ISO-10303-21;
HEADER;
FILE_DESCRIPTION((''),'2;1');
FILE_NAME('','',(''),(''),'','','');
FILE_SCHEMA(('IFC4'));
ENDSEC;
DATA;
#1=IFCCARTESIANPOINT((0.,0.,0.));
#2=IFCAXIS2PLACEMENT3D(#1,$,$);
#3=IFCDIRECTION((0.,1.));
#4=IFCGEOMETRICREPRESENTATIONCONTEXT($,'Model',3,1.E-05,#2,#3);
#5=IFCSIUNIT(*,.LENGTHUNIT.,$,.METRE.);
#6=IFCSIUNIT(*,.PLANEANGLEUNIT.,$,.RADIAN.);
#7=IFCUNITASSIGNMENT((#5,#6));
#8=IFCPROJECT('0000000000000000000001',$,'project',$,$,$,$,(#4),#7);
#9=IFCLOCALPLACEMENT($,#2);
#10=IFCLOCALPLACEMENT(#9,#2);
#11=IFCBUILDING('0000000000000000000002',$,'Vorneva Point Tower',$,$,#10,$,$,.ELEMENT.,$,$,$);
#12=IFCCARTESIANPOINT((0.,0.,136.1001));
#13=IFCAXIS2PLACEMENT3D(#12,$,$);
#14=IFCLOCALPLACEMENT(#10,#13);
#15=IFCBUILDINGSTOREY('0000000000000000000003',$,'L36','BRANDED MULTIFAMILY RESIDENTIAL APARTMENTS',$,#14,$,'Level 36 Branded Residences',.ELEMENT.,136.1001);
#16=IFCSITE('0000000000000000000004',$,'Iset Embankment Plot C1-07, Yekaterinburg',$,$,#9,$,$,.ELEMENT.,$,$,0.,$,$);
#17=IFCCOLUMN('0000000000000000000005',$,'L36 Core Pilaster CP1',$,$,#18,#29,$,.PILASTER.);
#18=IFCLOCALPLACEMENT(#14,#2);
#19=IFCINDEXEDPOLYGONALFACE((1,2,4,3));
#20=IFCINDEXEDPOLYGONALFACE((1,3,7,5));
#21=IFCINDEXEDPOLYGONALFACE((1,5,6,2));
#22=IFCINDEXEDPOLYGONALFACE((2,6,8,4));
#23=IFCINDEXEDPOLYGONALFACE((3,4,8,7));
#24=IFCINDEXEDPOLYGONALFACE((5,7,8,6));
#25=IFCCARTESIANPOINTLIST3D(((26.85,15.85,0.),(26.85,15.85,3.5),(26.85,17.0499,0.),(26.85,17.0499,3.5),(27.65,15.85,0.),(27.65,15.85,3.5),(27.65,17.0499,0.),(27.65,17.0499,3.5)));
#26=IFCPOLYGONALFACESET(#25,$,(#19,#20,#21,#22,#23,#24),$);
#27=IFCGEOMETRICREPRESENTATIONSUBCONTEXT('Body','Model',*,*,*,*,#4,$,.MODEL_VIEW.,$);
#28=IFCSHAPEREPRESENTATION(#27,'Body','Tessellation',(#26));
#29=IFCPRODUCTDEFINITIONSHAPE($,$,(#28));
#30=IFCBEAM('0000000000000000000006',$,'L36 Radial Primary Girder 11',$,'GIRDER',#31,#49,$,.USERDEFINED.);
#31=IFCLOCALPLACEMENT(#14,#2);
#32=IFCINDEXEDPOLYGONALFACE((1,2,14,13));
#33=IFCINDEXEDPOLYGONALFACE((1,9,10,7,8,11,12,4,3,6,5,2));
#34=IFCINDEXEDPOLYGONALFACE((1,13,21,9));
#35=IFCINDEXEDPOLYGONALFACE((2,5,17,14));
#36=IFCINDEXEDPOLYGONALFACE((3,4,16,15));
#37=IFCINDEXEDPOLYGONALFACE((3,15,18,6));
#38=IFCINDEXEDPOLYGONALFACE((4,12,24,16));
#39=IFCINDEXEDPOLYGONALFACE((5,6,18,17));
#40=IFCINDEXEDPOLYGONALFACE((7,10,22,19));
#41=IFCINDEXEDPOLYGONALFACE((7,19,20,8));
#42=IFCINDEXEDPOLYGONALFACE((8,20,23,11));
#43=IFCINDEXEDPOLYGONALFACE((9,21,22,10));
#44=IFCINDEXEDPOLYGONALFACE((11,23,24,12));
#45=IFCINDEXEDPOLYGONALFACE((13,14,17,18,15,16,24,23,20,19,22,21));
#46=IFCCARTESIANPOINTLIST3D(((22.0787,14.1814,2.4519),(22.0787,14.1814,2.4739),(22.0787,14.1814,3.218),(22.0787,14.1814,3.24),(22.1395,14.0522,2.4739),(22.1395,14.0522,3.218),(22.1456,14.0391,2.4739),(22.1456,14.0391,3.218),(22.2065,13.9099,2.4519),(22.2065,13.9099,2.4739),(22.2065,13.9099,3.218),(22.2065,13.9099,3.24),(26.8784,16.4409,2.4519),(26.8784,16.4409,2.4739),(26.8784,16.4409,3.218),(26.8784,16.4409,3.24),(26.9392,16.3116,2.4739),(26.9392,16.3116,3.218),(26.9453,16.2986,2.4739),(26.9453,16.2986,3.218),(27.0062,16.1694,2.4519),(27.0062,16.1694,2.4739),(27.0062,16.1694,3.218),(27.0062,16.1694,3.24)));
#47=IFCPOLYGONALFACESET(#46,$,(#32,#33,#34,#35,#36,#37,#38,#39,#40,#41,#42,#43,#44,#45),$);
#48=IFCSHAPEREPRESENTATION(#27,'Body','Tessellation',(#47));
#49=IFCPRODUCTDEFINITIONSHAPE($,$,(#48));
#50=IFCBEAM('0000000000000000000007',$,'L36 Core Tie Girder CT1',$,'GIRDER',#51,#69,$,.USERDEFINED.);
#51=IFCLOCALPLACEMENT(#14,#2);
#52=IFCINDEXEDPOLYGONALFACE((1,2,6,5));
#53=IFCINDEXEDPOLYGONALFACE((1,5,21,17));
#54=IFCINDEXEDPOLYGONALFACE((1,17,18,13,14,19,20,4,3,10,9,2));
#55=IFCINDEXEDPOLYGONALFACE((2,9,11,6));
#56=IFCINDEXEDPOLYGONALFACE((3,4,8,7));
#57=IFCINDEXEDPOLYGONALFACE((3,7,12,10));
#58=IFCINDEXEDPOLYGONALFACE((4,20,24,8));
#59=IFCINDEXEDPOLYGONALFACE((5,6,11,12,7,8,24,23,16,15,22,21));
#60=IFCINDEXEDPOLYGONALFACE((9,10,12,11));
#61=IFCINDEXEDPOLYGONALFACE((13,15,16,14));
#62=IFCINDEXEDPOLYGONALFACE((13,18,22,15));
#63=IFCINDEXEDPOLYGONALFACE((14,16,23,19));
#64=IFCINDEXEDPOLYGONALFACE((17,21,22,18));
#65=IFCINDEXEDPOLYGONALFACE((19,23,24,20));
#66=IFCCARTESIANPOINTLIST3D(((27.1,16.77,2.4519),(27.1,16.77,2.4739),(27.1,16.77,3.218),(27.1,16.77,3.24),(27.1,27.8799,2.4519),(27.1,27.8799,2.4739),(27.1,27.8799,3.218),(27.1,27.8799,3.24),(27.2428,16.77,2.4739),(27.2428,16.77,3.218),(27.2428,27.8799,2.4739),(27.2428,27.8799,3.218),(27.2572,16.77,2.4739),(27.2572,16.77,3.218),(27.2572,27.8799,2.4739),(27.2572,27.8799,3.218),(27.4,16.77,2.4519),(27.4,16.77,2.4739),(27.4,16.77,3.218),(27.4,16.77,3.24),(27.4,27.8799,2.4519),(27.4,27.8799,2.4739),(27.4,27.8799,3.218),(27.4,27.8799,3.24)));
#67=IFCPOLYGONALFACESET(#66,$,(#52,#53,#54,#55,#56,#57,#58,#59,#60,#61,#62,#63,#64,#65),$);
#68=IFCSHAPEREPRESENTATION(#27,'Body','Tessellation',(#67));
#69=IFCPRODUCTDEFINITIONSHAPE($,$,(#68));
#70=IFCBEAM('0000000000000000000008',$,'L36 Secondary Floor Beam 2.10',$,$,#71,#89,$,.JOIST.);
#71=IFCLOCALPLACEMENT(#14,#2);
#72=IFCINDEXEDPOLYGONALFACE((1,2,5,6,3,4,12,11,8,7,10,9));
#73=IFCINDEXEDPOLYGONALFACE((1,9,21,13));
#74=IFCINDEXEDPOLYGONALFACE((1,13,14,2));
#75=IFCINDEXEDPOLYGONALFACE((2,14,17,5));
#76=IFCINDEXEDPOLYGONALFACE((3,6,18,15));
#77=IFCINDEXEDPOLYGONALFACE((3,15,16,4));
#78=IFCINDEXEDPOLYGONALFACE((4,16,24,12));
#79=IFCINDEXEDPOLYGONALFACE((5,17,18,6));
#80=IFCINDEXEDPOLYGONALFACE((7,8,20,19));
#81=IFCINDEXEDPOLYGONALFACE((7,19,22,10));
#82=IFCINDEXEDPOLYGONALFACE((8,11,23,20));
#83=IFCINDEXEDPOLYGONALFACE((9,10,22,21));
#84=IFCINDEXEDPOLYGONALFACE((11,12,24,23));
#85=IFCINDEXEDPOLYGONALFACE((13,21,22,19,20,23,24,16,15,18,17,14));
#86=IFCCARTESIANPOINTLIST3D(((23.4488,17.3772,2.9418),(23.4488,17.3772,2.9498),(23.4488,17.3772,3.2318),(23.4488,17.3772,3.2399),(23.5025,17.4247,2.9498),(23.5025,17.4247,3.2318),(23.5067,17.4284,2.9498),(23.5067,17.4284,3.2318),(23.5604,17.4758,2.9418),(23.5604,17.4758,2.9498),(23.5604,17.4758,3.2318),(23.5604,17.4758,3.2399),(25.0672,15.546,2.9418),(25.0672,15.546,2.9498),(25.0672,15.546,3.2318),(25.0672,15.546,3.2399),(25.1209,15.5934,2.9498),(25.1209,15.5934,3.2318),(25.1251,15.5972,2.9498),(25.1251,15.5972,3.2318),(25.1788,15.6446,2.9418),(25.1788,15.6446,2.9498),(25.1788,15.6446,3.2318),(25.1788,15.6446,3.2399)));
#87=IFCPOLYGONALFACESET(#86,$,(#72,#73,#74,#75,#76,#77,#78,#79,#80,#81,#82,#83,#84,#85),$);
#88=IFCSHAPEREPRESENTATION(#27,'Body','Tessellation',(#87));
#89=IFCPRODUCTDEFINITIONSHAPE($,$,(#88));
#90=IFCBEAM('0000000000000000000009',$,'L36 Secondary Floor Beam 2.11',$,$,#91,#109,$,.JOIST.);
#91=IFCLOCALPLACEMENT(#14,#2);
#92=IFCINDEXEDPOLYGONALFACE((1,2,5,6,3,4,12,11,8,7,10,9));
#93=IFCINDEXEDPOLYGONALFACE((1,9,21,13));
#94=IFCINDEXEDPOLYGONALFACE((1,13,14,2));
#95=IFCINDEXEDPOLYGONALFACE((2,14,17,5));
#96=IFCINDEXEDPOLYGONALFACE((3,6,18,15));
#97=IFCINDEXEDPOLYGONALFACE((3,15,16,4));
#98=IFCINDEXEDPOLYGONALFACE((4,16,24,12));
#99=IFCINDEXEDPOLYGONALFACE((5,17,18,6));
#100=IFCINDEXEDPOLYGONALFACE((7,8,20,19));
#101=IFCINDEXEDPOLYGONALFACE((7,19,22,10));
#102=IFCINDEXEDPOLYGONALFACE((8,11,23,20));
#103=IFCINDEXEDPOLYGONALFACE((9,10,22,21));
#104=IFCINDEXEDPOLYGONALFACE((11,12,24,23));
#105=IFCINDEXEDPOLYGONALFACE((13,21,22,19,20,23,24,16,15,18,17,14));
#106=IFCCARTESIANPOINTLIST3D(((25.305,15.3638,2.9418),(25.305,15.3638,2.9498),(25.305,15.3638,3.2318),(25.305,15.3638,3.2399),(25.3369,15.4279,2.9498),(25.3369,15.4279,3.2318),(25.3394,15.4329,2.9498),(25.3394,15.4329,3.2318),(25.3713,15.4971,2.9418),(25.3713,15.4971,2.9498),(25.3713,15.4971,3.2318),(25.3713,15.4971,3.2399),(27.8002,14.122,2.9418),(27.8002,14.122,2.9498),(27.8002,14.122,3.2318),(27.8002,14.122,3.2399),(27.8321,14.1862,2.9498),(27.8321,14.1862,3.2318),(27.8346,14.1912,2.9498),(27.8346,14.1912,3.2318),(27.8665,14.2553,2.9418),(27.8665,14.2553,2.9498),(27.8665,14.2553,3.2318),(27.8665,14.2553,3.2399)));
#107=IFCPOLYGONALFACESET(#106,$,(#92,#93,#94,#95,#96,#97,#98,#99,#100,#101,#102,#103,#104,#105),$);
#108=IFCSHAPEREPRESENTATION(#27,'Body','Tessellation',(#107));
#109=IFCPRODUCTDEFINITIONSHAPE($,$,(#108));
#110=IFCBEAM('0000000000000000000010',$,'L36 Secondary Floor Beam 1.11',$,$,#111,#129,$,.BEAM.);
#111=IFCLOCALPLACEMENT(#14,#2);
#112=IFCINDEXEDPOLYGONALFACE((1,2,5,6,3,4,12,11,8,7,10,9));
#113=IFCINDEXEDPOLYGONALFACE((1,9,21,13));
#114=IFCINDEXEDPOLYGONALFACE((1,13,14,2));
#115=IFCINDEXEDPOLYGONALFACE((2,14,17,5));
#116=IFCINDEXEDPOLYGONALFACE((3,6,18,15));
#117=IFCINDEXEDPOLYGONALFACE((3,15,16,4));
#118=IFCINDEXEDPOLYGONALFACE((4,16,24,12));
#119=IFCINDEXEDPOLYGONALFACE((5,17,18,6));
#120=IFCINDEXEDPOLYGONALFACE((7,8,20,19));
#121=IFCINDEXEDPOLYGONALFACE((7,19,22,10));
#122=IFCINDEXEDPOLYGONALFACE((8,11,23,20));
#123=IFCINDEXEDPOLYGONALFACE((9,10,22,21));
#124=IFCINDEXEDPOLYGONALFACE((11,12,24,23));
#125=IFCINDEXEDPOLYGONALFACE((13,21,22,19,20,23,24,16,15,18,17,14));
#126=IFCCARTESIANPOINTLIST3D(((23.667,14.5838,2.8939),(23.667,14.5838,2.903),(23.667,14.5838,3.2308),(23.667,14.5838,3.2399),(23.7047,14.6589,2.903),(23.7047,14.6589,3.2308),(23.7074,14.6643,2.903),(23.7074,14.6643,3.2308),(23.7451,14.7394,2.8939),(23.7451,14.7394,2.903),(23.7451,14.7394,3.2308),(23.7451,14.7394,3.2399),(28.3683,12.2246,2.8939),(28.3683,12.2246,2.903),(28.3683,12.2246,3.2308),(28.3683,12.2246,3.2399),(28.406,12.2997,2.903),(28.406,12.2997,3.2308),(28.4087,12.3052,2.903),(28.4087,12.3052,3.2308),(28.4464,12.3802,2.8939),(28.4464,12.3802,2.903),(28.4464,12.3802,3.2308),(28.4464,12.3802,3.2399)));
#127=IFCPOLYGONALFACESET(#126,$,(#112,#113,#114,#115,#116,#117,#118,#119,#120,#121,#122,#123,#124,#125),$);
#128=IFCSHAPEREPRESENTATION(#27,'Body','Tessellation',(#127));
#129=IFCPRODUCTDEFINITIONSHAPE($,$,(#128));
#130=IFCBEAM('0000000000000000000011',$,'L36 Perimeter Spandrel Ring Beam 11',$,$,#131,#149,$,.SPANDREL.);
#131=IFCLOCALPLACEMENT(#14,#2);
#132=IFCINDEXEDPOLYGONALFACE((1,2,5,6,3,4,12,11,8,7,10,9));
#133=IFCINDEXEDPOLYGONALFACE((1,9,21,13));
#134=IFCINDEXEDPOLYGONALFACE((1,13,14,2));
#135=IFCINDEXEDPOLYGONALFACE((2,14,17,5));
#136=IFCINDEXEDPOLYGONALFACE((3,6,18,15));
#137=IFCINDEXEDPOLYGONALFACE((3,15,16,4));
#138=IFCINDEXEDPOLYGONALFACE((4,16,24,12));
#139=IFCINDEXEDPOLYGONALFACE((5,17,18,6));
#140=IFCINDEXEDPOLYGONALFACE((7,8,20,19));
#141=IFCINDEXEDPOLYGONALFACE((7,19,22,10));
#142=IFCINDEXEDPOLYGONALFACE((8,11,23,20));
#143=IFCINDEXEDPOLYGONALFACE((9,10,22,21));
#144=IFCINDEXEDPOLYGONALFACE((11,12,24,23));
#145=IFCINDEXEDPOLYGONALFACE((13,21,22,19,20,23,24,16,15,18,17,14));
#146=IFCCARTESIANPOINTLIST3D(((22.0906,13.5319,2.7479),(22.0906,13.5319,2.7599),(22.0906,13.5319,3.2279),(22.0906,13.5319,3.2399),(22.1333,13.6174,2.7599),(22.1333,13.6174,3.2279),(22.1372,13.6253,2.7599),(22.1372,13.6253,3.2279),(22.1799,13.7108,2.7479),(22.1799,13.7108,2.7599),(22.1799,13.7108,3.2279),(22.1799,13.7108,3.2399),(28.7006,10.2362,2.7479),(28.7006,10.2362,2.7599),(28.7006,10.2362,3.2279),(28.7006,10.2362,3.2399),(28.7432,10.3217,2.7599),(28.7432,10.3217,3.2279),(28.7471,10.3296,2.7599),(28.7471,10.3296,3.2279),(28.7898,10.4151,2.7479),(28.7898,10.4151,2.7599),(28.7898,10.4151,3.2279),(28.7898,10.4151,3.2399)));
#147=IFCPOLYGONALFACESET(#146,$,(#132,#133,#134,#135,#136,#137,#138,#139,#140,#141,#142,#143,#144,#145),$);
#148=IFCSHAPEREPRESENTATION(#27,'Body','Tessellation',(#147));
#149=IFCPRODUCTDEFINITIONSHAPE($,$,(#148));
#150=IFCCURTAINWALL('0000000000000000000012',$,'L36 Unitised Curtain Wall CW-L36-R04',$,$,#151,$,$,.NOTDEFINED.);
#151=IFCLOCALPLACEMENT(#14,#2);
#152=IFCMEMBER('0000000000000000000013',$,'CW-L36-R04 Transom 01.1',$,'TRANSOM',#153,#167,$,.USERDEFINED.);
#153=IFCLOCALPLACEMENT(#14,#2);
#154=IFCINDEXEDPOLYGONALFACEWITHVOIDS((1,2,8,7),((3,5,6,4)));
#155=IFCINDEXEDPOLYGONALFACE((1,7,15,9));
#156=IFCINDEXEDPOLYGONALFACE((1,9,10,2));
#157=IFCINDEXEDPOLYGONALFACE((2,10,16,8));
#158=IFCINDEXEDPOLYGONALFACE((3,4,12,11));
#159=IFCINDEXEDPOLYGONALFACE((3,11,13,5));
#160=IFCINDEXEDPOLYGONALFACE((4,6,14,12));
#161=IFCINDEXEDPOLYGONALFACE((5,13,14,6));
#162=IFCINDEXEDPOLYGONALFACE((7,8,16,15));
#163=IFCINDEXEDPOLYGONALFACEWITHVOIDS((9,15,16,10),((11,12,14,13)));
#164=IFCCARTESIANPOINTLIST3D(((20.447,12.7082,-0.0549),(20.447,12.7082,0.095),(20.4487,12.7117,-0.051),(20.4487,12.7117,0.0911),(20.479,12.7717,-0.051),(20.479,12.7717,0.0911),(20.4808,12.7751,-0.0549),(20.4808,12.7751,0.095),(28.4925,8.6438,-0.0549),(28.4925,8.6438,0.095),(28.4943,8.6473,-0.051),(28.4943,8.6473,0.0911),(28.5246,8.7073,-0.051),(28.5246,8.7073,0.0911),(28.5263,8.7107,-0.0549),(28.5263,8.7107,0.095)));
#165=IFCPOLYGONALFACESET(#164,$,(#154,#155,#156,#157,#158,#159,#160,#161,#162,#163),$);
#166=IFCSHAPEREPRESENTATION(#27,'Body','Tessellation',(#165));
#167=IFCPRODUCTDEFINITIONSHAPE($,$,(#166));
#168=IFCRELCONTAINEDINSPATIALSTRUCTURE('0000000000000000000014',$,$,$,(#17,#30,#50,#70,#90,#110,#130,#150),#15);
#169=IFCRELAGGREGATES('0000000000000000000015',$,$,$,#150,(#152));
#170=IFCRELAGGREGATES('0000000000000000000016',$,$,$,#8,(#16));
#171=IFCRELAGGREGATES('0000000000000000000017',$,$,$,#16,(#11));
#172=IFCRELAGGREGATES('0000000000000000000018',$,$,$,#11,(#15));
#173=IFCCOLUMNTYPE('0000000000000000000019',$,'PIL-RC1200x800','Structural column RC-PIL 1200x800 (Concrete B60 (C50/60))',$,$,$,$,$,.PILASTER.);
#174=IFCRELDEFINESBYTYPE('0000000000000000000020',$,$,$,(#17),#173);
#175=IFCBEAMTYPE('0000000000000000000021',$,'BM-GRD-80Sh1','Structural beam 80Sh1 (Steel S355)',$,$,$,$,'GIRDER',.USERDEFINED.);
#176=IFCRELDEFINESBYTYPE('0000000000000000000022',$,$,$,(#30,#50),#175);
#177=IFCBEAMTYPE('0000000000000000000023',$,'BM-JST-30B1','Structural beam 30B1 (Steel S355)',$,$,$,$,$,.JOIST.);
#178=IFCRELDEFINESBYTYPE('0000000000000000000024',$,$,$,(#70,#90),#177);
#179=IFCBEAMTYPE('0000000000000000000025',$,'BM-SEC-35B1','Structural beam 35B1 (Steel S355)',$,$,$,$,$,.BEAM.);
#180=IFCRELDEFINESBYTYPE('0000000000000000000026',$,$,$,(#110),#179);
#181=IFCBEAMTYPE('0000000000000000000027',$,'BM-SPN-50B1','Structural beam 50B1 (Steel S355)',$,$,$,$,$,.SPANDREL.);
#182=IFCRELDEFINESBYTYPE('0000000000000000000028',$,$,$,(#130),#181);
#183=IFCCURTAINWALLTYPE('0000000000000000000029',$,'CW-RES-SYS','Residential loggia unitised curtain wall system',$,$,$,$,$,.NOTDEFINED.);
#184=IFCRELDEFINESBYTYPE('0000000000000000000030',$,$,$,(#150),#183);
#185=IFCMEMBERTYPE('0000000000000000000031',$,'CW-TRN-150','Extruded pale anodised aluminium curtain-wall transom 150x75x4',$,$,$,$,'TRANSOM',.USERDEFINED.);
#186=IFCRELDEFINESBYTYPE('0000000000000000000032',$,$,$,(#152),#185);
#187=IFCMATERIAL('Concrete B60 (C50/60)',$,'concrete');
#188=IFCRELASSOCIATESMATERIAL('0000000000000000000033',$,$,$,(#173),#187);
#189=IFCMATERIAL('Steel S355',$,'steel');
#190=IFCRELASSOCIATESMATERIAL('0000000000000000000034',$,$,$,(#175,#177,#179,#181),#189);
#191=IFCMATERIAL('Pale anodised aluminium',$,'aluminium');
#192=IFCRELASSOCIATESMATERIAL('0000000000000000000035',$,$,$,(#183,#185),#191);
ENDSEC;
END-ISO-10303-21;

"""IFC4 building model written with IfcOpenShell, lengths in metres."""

from ifc_helpers import new_model, si_unit, direction, frame, origin, origin_2d, place, context, subcontext, project, spatial, rectangle, hollow_rectangle, i_section, extrude, material, material_profile, profile_set, type_object, element, aggregate, save


model = new_model("IFC4")

# Units and contexts
model_context = context("Model", 3, precision=1e-05, world=origin(), true_north=direction((0.0, 1.0)))
body_context = subcontext(model_context, "Body", "Model", "MODEL_VIEW")
ifc_project = project(units=[si_unit("LENGTHUNIT", "METRE"), si_unit("PLANEANGLEUNIT", "RADIAN")], contexts=[model_context])

# Site, building, storey
site_placement = place(None, origin())
site = spatial("IfcSite", under=ifc_project, at=site_placement, Name="Iset Embankment Plot C1-07, Yekaterinburg", CompositionType="ELEMENT", RefElevation=0.0)
building_placement = place(site_placement, origin())
building = spatial("IfcBuilding", under=site, at=building_placement, Name="Vorneva Point Tower", CompositionType="ELEMENT")
storey_placement = place(building_placement, frame((0.0, 0.0, 136.1001)))
storey = spatial("IfcBuildingStorey", under=building, at=storey_placement, Name="L36", Description="BRANDED MULTIFAMILY RESIDENTIAL APARTMENTS", LongName="Level 36 Branded Residences", CompositionType="ELEMENT", Elevation=136.1001)

# Column
ifc_material_1 = material(Name="Concrete B60 (C50/60)", Category="concrete")
ifc_material_profile_1 = material_profile(ifc_material_1, rectangle(XDim=0.8, YDim=1.2, at=origin_2d()), Name="RC-PIL 1200x800")
ifc_profile_set_1 = profile_set([ifc_material_profile_1], Name="Concrete B60 (C50/60)")
column_type_1 = type_object("IfcColumnType", Name="PIL-RC1200x800", Description="Structural column RC-PIL 1200x800 (Concrete B60 (C50/60))", PredefinedType="PILASTER", material=ifc_profile_set_1)
column_1_placement = place(storey_placement, frame((27.25, 16.45, 0.0), z_axis=(0.0, 0.0, 1.0), x_axis=(1.0, 0.0, 0.0)))
element("IfcColumn", 1, at=column_1_placement, inside=storey, type_object=column_type_1, Name="L36 Core Pilaster CP1", PredefinedType="PILASTER", context=body_context, shape_type="SweptSolid", body=[
    extrude(rectangle(XDim=0.8, YDim=1.2, at=origin_2d()), origin(), (0.0, 0.0, 1.0), 3.5),
])

# Beams
ifc_material_2 = material(Name="Steel S355", Category="steel")
ifc_material_profile_2 = material_profile(ifc_material_2, i_section(OverallWidth=0.3, OverallDepth=0.7881, WebThickness=0.0144, FlangeThickness=0.022, at=origin_2d()), Name="80Sh1")
ifc_profile_set_2 = profile_set([ifc_material_profile_2], Name="Steel S355")
beam_type_1 = type_object("IfcBeamType", Name="BM-GRD-80Sh1", Description="Structural beam 80Sh1 (Steel S355)", ElementType="GIRDER", PredefinedType="USERDEFINED", material=ifc_profile_set_2)
beam_1_placement = place(storey_placement, frame((22.1426, 14.0457, 2.8459), z_axis=(0.904761, 0.425919, 0.0), x_axis=(-0.425919, 0.904761, 0.0)))
element("IfcBeam", 2, at=beam_1_placement, inside=storey, type_object=beam_type_1, Name="L36 Radial Primary Girder 11", ObjectType="GIRDER", PredefinedType="USERDEFINED", context=body_context, shape_type="SweptSolid", body=[
    extrude(i_section(OverallWidth=0.3, OverallDepth=0.7881, WebThickness=0.0144, FlangeThickness=0.022, at=origin_2d()), origin(), (0.0, 0.0, 1.0), 5.3049),
])
beam_2_placement = place(storey_placement, frame((27.25, 16.77, 2.8459), z_axis=(0.0, 1.0, 0.0), x_axis=(-1.0, 0.0, 0.0)))
element("IfcBeam", 3, at=beam_2_placement, inside=storey, type_object=beam_type_1, Name="L36 Core Tie Girder CT1", ObjectType="GIRDER", PredefinedType="USERDEFINED", context=body_context, shape_type="SweptSolid", body=[
    extrude(i_section(OverallWidth=0.3, OverallDepth=0.7881, WebThickness=0.0144, FlangeThickness=0.022, at=origin_2d()), origin(), (0.0, 0.0, 1.0), 11.1099),
])
ifc_material_profile_3 = material_profile(ifc_material_2, i_section(OverallWidth=0.1489, OverallDepth=0.2981, WebThickness=0.0056, FlangeThickness=0.0081, at=origin_2d()), Name="30B1")
ifc_profile_set_3 = profile_set([ifc_material_profile_3], Name="Steel S355")
beam_type_2 = type_object("IfcBeamType", Name="BM-JST-30B1", Description="Structural beam 30B1 (Steel S355)", PredefinedType="JOIST", material=ifc_profile_set_3)
beam_3_placement = place(storey_placement, frame((23.5046, 17.4265, 3.0908), z_axis=(0.66221, -0.749319, 0.0), x_axis=(0.749319, 0.66221, 0.0)))
element("IfcBeam", 4, at=beam_3_placement, inside=storey, type_object=beam_type_2, Name="L36 Secondary Floor Beam 2.10", PredefinedType="JOIST", context=body_context, shape_type="SweptSolid", body=[
    extrude(i_section(OverallWidth=0.1489, OverallDepth=0.2981, WebThickness=0.0056, FlangeThickness=0.0081, at=origin_2d()), origin(), (0.0, 0.0, 1.0), 2.4438),
])
beam_4_placement = place(storey_placement, frame((25.3381, 15.4304, 3.0908), z_axis=(0.895267, -0.445531, 0.0), x_axis=(0.445531, 0.895267, 0.0)))
element("IfcBeam", 5, at=beam_4_placement, inside=storey, type_object=beam_type_2, Name="L36 Secondary Floor Beam 2.11", PredefinedType="JOIST", context=body_context, shape_type="SweptSolid", body=[
    extrude(i_section(OverallWidth=0.1489, OverallDepth=0.2981, WebThickness=0.0056, FlangeThickness=0.0081, at=origin_2d()), origin(), (0.0, 0.0, 1.0), 2.7871),
])
ifc_material_profile_4 = material_profile(ifc_material_2, i_section(OverallWidth=0.1741, OverallDepth=0.3459, WebThickness=0.0061, FlangeThickness=0.009, at=origin_2d()), Name="35B1")
ifc_profile_set_4 = profile_set([ifc_material_profile_4], Name="Steel S355")
beam_type_3 = type_object("IfcBeamType", Name="BM-SEC-35B1", Description="Structural beam 35B1 (Steel S355)", PredefinedType="BEAM", material=ifc_profile_set_4)
beam_5_placement = place(storey_placement, frame((23.7061, 14.6616, 3.0669), z_axis=(0.893776, -0.448513, 0.0), x_axis=(0.448513, 0.893776, 0.0)))
element("IfcBeam", 6, at=beam_5_placement, inside=storey, type_object=beam_type_3, Name="L36 Secondary Floor Beam 1.11", PredefinedType="BEAM", context=body_context, shape_type="SweptSolid", body=[
    extrude(i_section(OverallWidth=0.1741, OverallDepth=0.3459, WebThickness=0.0061, FlangeThickness=0.009, at=origin_2d()), origin(), (0.0, 0.0, 1.0), 5.26),
])
ifc_material_profile_5 = material_profile(ifc_material_2, i_section(OverallWidth=0.2, OverallDepth=0.4919, WebThickness=0.0088, FlangeThickness=0.012, at=origin_2d()), Name="50B1")
ifc_profile_set_5 = profile_set([ifc_material_profile_5], Name="Steel S355")
beam_type_4 = type_object("IfcBeamType", Name="BM-SPN-50B1", Description="Structural beam 50B1 (Steel S355)", PredefinedType="SPANDREL", material=ifc_profile_set_5)
beam_6_placement = place(storey_placement, frame((22.1353, 13.6213, 2.9939), z_axis=(0.894929, -0.446208, 0.0), x_axis=(0.446208, 0.894929, 0.0)))
element("IfcBeam", 7, at=beam_6_placement, inside=storey, type_object=beam_type_4, Name="L36 Perimeter Spandrel Ring Beam 11", PredefinedType="SPANDREL", context=body_context, shape_type="SweptSolid", body=[
    extrude(i_section(OverallWidth=0.2, OverallDepth=0.4919, WebThickness=0.0088, FlangeThickness=0.012, at=origin_2d()), origin(), (0.0, 0.0, 1.0), 7.386),
])

# Curtain wall, member
ifc_material_3 = material(Name="Pale anodised aluminium", Category="aluminium")
curtain_wall_type = type_object("IfcCurtainWallType", Name="CW-RES-SYS", Description="Residential loggia unitised curtain wall system", PredefinedType="NOTDEFINED", material=ifc_material_3)
curtain_wall_placement = place(storey_placement, origin())
curtain_wall = element("IfcCurtainWall", 8, at=curtain_wall_placement, inside=storey, type_object=curtain_wall_type, Name="L36 Unitised Curtain Wall CW-L36-R04", PredefinedType="NOTDEFINED")
ifc_material_profile_6 = material_profile(ifc_material_3, hollow_rectangle(XDim=0.075, YDim=0.1499, WallThickness=0.0039, at=origin_2d()), Name="AL-TRN 150x75x4")
ifc_profile_set_6 = profile_set([ifc_material_profile_6], Name="Pale anodised aluminium")
member_type = type_object("IfcMemberType", Name="CW-TRN-150", Description="Extruded pale anodised aluminium curtain-wall transom 150x75x4", ElementType="TRANSOM", PredefinedType="USERDEFINED", material=ifc_profile_set_6)
member_1_placement = place(storey_placement, frame((20.4639, 12.7417, 0.02), z_axis=(0.892572, -0.450904, 0.0), x_axis=(0.450904, 0.892572, 0.0)))
member_1 = element("IfcMember", 9, at=member_1_placement, type_object=member_type, Name="CW-L36-R04 Transom 01.1", ObjectType="TRANSOM", PredefinedType="USERDEFINED", context=body_context, shape_type="SweptSolid", body=[
    extrude(hollow_rectangle(XDim=0.075, YDim=0.1499, WallThickness=0.0039, at=origin_2d()), origin(), (0.0, 0.0, 1.0), 9.0139),
])
aggregate(curtain_wall, [member_1])

save(model, "model.ifc")
